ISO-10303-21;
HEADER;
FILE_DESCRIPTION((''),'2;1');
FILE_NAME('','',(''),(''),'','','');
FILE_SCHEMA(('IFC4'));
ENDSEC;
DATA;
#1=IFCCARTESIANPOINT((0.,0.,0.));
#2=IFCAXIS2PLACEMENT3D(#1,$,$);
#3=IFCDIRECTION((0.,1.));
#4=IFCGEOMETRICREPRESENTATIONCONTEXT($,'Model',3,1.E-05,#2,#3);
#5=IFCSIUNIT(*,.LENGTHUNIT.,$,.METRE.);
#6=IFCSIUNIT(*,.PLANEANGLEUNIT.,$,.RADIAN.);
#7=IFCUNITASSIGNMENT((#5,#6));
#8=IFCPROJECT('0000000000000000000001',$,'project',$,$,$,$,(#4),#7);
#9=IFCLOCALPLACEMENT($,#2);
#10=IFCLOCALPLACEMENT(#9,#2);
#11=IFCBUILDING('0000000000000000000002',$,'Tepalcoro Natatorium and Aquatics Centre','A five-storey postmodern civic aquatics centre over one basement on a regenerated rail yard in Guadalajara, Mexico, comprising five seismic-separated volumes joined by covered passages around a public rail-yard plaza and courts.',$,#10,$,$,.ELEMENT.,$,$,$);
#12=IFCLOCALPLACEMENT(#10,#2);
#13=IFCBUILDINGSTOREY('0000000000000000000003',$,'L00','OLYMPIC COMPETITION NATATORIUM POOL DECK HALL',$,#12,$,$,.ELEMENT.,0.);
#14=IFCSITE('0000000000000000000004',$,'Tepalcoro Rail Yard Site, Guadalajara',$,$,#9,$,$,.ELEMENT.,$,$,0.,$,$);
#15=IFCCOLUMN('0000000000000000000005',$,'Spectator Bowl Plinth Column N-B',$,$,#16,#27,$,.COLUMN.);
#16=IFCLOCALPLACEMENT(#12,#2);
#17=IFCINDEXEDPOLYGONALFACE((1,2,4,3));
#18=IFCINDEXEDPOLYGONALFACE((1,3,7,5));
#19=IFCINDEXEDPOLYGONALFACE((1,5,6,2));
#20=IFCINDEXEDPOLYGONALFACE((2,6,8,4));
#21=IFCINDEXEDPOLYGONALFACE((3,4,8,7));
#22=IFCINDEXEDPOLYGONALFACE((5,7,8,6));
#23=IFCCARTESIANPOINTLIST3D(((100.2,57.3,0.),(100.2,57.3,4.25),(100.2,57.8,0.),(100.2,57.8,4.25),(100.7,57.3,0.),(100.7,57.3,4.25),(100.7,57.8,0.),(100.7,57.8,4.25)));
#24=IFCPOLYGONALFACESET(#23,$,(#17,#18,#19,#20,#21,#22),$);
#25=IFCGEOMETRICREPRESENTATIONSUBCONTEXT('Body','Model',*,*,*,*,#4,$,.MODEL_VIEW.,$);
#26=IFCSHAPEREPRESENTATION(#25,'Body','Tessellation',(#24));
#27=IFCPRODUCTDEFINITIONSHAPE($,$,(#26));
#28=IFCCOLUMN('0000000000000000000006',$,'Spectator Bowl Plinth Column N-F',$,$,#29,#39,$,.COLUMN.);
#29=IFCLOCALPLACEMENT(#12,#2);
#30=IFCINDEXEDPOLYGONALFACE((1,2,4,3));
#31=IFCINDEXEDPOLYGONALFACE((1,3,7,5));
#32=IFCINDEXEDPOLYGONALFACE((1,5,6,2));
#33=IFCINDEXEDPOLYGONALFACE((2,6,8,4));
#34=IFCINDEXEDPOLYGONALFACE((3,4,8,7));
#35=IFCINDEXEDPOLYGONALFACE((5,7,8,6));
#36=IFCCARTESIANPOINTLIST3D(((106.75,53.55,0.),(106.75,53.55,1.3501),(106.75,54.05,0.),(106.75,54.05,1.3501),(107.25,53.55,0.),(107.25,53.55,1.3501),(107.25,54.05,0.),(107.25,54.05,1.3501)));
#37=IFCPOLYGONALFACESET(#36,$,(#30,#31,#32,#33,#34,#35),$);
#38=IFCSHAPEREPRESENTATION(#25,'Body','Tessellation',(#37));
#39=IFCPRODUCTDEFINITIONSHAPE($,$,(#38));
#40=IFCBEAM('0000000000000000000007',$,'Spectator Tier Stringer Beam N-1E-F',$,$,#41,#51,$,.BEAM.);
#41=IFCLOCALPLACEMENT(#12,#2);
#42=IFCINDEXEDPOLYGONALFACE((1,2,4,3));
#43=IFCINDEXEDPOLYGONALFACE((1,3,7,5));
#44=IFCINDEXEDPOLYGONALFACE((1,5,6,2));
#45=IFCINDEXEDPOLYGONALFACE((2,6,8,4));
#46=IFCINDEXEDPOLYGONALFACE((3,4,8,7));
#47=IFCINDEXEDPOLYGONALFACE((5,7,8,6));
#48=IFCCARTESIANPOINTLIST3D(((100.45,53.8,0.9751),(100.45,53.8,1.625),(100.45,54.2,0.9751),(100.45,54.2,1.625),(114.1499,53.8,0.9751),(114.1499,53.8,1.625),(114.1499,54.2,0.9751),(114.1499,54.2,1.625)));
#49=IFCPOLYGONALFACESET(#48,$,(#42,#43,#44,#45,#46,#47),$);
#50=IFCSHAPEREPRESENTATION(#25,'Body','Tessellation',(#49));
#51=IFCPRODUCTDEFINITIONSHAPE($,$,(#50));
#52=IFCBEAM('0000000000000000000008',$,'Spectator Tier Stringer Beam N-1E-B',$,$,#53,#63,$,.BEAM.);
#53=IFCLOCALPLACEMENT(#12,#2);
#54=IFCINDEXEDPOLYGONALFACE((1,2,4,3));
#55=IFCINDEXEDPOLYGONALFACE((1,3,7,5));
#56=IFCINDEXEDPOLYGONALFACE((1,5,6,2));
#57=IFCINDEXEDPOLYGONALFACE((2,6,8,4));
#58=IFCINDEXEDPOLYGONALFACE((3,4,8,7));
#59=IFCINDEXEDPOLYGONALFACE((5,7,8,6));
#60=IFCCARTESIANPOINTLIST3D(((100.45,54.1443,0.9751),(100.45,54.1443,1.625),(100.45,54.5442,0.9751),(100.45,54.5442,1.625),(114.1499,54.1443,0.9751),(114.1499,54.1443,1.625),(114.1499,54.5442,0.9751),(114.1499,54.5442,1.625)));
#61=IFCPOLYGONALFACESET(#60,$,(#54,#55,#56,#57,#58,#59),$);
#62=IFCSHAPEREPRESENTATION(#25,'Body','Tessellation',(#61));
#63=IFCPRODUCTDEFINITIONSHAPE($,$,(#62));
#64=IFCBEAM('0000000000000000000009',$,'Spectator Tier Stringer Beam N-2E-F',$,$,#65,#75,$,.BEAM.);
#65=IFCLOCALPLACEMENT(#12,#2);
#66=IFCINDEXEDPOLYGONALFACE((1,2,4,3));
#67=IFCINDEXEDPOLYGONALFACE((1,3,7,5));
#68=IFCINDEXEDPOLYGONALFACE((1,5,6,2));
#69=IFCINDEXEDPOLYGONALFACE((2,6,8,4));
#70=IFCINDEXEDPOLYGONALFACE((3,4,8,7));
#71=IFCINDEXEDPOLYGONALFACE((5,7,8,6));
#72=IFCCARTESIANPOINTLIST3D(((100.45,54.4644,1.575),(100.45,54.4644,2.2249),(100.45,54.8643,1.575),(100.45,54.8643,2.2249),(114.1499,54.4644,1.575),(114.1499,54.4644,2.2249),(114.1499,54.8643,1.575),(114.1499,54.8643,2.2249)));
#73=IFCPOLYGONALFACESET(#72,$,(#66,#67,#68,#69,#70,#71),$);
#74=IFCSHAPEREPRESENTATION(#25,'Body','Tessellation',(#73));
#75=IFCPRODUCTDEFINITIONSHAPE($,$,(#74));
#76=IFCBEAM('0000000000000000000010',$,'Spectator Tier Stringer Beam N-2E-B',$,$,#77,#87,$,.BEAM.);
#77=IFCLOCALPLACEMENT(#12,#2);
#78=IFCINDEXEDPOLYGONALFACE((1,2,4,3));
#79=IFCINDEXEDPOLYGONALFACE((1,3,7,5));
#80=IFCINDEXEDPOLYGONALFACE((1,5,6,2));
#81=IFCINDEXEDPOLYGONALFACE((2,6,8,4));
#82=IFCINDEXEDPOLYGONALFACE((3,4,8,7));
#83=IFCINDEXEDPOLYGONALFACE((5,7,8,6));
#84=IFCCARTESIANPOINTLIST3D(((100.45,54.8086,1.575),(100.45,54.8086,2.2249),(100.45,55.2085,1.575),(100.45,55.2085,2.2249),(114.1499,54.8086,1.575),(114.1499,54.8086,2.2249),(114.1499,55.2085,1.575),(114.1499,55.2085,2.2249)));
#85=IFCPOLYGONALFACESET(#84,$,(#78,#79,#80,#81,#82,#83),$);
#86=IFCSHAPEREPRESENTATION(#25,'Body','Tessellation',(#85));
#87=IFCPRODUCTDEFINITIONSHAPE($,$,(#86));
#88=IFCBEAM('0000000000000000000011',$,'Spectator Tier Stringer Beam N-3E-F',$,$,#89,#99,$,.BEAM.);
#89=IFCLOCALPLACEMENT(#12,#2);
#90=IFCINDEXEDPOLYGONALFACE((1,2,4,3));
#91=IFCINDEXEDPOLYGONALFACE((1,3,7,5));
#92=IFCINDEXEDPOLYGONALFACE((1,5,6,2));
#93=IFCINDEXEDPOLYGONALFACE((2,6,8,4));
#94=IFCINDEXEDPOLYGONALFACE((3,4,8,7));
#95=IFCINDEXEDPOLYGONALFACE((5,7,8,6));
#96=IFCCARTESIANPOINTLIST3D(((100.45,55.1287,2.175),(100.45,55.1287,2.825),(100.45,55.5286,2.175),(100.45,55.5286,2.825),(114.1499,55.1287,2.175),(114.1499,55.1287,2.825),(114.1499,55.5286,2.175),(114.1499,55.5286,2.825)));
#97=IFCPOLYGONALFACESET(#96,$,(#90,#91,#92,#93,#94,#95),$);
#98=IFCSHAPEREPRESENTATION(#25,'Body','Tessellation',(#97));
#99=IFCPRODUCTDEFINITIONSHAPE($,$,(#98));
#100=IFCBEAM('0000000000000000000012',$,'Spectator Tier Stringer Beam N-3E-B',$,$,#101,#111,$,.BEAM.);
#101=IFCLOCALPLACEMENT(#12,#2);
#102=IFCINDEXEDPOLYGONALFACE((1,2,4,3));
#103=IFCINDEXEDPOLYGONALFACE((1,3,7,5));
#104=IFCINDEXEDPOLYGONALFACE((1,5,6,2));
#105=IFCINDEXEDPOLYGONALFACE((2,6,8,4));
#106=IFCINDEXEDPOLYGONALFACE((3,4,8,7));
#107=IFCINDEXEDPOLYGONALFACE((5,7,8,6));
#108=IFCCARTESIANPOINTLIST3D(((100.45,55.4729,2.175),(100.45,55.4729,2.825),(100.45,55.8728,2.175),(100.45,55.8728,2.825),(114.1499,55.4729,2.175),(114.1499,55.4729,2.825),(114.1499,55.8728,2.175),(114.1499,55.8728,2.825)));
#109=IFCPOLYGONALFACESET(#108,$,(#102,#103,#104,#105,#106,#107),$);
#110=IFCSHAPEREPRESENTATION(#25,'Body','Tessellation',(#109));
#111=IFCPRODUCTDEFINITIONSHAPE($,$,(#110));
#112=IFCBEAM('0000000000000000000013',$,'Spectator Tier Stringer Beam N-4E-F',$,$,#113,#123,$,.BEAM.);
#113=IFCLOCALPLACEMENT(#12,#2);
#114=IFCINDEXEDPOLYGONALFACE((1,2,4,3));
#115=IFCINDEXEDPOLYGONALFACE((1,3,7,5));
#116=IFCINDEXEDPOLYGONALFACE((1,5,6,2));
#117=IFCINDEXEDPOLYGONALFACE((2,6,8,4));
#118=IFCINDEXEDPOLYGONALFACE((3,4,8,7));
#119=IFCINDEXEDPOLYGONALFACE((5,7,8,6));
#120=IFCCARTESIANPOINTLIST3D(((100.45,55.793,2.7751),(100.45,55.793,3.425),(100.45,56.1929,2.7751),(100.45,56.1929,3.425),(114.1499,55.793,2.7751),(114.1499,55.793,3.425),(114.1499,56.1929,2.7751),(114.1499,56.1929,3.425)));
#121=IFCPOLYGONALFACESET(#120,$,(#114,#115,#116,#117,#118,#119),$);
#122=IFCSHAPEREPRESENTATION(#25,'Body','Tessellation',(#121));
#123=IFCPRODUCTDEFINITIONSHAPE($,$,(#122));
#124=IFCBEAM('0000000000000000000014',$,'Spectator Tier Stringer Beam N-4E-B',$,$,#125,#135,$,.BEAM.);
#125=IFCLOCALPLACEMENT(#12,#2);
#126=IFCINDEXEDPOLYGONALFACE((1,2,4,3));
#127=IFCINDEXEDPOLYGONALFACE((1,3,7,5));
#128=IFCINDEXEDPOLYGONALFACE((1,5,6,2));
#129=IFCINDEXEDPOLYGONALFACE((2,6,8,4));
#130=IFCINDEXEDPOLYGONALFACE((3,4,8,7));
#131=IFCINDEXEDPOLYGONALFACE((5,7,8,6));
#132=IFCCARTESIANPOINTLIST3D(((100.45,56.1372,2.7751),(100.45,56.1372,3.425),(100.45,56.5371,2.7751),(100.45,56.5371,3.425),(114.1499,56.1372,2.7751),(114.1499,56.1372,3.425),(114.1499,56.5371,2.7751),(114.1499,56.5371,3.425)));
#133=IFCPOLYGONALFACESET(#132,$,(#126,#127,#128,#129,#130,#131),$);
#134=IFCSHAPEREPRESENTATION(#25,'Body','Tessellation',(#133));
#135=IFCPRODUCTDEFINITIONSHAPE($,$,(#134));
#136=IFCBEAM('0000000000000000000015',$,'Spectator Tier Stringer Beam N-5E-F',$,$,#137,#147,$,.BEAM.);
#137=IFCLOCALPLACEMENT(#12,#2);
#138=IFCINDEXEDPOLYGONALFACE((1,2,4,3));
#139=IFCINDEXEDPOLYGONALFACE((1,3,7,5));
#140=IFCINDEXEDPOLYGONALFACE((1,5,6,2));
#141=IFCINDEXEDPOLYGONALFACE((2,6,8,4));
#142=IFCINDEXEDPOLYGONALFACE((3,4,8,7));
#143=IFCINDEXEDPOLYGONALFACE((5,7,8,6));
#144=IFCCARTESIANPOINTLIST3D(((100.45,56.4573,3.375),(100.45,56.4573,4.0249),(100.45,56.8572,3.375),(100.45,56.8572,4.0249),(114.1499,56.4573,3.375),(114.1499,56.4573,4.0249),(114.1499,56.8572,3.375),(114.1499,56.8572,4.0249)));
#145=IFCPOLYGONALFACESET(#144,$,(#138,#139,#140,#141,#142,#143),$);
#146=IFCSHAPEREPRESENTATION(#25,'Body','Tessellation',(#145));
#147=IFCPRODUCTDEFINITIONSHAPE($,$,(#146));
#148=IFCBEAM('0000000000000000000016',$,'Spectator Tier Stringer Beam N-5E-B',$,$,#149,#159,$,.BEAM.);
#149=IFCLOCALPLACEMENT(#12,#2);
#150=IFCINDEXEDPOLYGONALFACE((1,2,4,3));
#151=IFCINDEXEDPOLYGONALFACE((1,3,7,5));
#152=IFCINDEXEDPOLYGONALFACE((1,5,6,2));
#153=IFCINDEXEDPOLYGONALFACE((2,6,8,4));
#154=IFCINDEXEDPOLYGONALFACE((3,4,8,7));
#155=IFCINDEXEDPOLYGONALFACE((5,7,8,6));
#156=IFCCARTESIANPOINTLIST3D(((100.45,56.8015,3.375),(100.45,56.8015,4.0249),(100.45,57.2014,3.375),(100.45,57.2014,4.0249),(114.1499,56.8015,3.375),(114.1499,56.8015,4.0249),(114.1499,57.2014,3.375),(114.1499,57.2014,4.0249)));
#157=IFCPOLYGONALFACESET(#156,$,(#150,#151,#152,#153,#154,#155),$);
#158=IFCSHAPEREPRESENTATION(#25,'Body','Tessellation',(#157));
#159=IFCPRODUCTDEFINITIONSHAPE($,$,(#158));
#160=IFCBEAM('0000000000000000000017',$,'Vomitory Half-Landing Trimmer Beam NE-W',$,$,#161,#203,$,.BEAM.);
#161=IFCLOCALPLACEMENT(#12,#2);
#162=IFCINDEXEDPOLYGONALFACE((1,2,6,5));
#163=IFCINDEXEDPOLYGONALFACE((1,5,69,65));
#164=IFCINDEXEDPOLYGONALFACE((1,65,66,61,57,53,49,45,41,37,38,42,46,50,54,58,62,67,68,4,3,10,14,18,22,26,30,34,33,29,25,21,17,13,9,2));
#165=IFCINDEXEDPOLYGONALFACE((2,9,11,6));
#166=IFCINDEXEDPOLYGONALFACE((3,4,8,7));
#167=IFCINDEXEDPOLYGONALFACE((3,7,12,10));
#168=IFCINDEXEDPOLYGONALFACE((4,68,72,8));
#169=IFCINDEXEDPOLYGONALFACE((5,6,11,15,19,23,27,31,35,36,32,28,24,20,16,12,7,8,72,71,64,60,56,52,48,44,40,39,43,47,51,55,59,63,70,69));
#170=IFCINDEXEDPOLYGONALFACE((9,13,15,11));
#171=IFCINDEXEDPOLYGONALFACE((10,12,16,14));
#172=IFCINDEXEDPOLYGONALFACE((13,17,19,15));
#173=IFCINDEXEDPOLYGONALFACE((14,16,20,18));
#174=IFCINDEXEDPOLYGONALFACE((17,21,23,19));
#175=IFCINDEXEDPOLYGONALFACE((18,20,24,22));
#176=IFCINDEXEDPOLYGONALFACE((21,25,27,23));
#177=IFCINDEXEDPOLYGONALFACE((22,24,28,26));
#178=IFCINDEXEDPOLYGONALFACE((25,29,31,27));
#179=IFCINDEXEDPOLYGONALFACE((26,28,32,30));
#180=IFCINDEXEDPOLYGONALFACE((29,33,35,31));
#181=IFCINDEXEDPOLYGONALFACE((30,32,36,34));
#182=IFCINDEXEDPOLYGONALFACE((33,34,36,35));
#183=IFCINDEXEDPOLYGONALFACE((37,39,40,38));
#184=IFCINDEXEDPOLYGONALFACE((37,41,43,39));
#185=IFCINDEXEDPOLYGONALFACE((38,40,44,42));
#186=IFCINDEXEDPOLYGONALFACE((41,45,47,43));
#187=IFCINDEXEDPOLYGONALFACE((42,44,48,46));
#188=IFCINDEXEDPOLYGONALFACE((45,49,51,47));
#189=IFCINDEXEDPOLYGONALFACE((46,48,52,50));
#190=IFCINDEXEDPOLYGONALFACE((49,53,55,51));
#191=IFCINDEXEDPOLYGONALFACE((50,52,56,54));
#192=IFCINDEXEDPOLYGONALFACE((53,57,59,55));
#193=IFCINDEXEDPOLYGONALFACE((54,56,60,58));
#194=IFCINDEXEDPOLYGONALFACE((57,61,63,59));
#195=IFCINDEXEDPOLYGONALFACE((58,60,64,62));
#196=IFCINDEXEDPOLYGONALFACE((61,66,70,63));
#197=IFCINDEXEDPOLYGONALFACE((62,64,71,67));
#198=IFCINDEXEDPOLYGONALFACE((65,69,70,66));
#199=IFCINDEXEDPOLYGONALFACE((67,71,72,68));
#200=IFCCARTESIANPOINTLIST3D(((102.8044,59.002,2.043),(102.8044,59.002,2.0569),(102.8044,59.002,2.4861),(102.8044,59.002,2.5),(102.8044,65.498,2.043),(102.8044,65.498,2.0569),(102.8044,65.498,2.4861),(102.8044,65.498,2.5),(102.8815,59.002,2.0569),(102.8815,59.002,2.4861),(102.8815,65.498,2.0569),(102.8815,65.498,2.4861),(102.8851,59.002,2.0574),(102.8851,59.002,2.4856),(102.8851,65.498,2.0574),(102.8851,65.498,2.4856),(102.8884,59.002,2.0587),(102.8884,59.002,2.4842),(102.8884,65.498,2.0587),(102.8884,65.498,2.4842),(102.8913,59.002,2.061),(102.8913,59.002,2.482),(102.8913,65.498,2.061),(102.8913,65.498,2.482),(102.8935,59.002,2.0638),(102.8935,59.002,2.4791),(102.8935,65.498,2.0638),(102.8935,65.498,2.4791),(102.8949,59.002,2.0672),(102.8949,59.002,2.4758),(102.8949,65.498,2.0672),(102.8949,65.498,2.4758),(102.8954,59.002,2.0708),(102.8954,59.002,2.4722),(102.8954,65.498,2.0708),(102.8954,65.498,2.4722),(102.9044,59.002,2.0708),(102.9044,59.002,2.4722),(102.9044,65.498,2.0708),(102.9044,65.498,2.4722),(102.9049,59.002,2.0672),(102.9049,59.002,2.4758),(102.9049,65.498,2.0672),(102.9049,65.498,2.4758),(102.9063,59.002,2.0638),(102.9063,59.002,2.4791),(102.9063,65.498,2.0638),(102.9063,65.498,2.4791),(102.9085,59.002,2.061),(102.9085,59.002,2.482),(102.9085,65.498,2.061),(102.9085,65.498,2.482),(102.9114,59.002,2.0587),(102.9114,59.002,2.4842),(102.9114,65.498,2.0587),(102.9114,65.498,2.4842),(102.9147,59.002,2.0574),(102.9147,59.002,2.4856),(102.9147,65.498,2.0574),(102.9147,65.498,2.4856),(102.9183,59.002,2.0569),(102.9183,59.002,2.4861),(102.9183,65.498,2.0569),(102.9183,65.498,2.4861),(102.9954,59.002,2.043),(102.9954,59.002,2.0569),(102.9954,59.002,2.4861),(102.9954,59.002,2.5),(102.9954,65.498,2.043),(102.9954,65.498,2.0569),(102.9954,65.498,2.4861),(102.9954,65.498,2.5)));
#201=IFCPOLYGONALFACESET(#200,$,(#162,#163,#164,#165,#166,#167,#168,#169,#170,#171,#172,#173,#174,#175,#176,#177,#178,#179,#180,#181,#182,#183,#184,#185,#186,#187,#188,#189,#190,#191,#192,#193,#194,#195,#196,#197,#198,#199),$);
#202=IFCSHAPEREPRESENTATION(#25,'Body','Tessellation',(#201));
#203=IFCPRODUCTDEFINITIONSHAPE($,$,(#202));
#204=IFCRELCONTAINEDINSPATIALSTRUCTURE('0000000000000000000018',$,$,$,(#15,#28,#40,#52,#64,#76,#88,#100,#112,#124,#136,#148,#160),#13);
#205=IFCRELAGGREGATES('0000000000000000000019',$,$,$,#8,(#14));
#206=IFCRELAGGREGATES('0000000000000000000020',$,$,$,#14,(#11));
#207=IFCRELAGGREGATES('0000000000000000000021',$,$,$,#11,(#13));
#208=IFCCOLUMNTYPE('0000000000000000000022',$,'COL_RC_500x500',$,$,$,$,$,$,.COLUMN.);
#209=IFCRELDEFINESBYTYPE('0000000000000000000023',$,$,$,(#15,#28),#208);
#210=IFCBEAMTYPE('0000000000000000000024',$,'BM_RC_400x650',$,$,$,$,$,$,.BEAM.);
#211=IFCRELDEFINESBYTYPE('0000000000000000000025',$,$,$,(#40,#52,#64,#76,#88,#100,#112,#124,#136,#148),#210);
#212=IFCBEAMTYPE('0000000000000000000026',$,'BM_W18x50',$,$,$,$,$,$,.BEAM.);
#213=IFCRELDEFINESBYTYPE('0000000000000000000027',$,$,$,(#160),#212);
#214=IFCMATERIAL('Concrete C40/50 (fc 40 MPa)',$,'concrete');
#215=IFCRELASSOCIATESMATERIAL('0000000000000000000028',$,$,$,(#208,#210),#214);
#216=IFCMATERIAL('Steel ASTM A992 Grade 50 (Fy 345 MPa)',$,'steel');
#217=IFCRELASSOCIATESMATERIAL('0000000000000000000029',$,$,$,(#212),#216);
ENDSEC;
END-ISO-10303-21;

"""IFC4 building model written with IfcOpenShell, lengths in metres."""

from ifc_helpers import new_model, si_unit, direction, frame, origin, origin_2d, place, context, subcontext, project, spatial, rectangle, i_section, extrude, material, material_profile, profile_set, type_object, element, save


model = new_model("IFC4")

# Units and contexts
model_context = context("Model", 3, precision=1e-05, world=origin(), true_north=direction((0.0, 1.0)))
body_context = subcontext(model_context, "Body", "Model", "MODEL_VIEW")
ifc_project = project(units=[si_unit("LENGTHUNIT", "METRE"), si_unit("PLANEANGLEUNIT", "RADIAN")], contexts=[model_context])

# Site, building, storey
site_placement = place(None, origin())
site = spatial("IfcSite", under=ifc_project, at=site_placement, Name="Tepalcoro Rail Yard Site, Guadalajara", CompositionType="ELEMENT", RefElevation=0.0)
building_placement = place(site_placement, origin())
building = spatial("IfcBuilding", under=site, at=building_placement, Name="Tepalcoro Natatorium and Aquatics Centre", Description="A five-storey postmodern civic aquatics centre over one basement on a regenerated rail yard in Guadalajara, Mexico, comprising five seismic-separated volumes joined by covered passages around a public rail-yard plaza and courts.", CompositionType="ELEMENT")
storey_placement = place(building_placement, origin())
storey = spatial("IfcBuildingStorey", under=building, at=storey_placement, Name="L00", Description="OLYMPIC COMPETITION NATATORIUM POOL DECK HALL", CompositionType="ELEMENT", Elevation=0.0)

# Columns
ifc_material_1 = material(Name="Concrete C40/50 (fc 40 MPa)", Category="concrete")
ifc_material_profile_1 = material_profile(ifc_material_1, rectangle(XDim=0.5, YDim=0.5, at=origin_2d()), Name="RC500x500")
ifc_profile_set_1 = profile_set([ifc_material_profile_1], Name="Concrete C40/50 (fc 40 MPa)")
column_type = type_object("IfcColumnType", Name="COL_RC_500x500", PredefinedType="COLUMN", material=ifc_profile_set_1)
column_1_placement = place(storey_placement, frame((100.45, 57.55, 0.0), z_axis=(0.0, 0.0, 1.0), x_axis=(1.0, 0.0, 0.0)))
element("IfcColumn", 1, at=column_1_placement, inside=storey, type_object=column_type, Name="Spectator Bowl Plinth Column N-B", PredefinedType="COLUMN", context=body_context, shape_type="SweptSolid", body=[
    extrude(rectangle(XDim=0.5, YDim=0.5, at=origin_2d()), origin(), (0.0, 0.0, 1.0), 4.25),
])
column_2_placement = place(storey_placement, frame((107.0, 53.8, 0.0), z_axis=(0.0, 0.0, 1.0), x_axis=(1.0, 0.0, 0.0)))
element("IfcColumn", 2, at=column_2_placement, inside=storey, type_object=column_type, Name="Spectator Bowl Plinth Column N-F", PredefinedType="COLUMN", context=body_context, shape_type="SweptSolid", body=[
    extrude(rectangle(XDim=0.5, YDim=0.5, at=origin_2d()), origin(), (0.0, 0.0, 1.0), 1.3501),
])

# Beams
ifc_material_profile_2 = material_profile(ifc_material_1, rectangle(XDim=0.3999, YDim=0.6499, at=origin_2d()), Name="RCB400x650")
ifc_profile_set_2 = profile_set([ifc_material_profile_2], Name="Concrete C40/50 (fc 40 MPa)")
beam_type_1 = type_object("IfcBeamType", Name="BM_RC_400x650", PredefinedType="BEAM", material=ifc_profile_set_2)
for number, where, z_axis, x_axis, name in (
    (3, (100.45, 54.0, 1.3), (1.0, 0.0, 0.0), (0.0, 1.0, 0.0), "Spectator Tier Stringer Beam N-1E-F"),
    (4, (100.45, 54.3442, 1.3), (1.0, 0.0, 0.0), (0.0, 1.0, 0.0), "Spectator Tier Stringer Beam N-1E-B"),
    (5, (100.45, 54.6643, 1.8999), (1.0, 0.0, 0.0), (0.0, 1.0, 0.0), "Spectator Tier Stringer Beam N-2E-F"),
    (6, (100.45, 55.0085, 1.8999), (1.0, 0.0, 0.0), (0.0, 1.0, 0.0), "Spectator Tier Stringer Beam N-2E-B"),
    (7, (100.45, 55.3286, 2.5), (1.0, 0.0, 0.0), (0.0, 1.0, 0.0), "Spectator Tier Stringer Beam N-3E-F"),
    (8, (100.45, 55.6729, 2.5), (1.0, 0.0, 0.0), (0.0, 1.0, 0.0), "Spectator Tier Stringer Beam N-3E-B"),
    (9, (100.45, 55.9929, 3.1001), (1.0, 0.0, 0.0), (0.0, 1.0, 0.0), "Spectator Tier Stringer Beam N-4E-F"),
    (10, (100.45, 56.3372, 3.1001), (1.0, 0.0, 0.0), (0.0, 1.0, 0.0), "Spectator Tier Stringer Beam N-4E-B"),
    (11, (100.45, 56.6572, 3.7), (1.0, 0.0, 0.0), (0.0, 1.0, 0.0), "Spectator Tier Stringer Beam N-5E-F"),
    (12, (100.45, 57.0015, 3.7), (1.0, 0.0, 0.0), (0.0, 1.0, 0.0), "Spectator Tier Stringer Beam N-5E-B"),
):
    element("IfcBeam", number, at=place(storey_placement, frame(where, z_axis=z_axis, x_axis=x_axis)), inside=storey, type_object=beam_type_1, Name=name, PredefinedType="BEAM", context=body_context, shape_type="SweptSolid", body=[
        extrude(rectangle(XDim=0.3999, YDim=0.6499, at=origin_2d()), origin(), (0.0, 0.0, 1.0), 13.7),
    ])
ifc_material_2 = material(Name="Steel ASTM A992 Grade 50 (Fy 345 MPa)", Category="steel")
ifc_material_profile_3 = material_profile(ifc_material_2, i_section(OverallWidth=0.1909, OverallDepth=0.457, WebThickness=0.009, FlangeThickness=0.0139, FilletRadius=0.0139, at=origin_2d()), Name="W18X50")
ifc_profile_set_3 = profile_set([ifc_material_profile_3], Name="Steel ASTM A992 Grade 50 (Fy 345 MPa)")
beam_type_2 = type_object("IfcBeamType", Name="BM_W18x50", PredefinedType="BEAM", material=ifc_profile_set_3)
for number, where, z_axis, x_axis, name in (
    (13, (102.8999, 59.002, 2.2715), (0.0, 1.0, 0.0), (-1.0, 0.0, 0.0), "Vomitory Half-Landing Trimmer Beam NE-W"),
):
    element("IfcBeam", number, at=place(storey_placement, frame(where, z_axis=z_axis, x_axis=x_axis)), inside=storey, type_object=beam_type_2, Name=name, PredefinedType="BEAM", context=body_context, shape_type="SweptSolid", body=[
        extrude(i_section(OverallWidth=0.1909, OverallDepth=0.457, WebThickness=0.009, FlangeThickness=0.0139, FilletRadius=0.0139, at=origin_2d()), origin(), (0.0, 0.0, 1.0), 6.4961),
    ])

save(model, "model.ifc")
